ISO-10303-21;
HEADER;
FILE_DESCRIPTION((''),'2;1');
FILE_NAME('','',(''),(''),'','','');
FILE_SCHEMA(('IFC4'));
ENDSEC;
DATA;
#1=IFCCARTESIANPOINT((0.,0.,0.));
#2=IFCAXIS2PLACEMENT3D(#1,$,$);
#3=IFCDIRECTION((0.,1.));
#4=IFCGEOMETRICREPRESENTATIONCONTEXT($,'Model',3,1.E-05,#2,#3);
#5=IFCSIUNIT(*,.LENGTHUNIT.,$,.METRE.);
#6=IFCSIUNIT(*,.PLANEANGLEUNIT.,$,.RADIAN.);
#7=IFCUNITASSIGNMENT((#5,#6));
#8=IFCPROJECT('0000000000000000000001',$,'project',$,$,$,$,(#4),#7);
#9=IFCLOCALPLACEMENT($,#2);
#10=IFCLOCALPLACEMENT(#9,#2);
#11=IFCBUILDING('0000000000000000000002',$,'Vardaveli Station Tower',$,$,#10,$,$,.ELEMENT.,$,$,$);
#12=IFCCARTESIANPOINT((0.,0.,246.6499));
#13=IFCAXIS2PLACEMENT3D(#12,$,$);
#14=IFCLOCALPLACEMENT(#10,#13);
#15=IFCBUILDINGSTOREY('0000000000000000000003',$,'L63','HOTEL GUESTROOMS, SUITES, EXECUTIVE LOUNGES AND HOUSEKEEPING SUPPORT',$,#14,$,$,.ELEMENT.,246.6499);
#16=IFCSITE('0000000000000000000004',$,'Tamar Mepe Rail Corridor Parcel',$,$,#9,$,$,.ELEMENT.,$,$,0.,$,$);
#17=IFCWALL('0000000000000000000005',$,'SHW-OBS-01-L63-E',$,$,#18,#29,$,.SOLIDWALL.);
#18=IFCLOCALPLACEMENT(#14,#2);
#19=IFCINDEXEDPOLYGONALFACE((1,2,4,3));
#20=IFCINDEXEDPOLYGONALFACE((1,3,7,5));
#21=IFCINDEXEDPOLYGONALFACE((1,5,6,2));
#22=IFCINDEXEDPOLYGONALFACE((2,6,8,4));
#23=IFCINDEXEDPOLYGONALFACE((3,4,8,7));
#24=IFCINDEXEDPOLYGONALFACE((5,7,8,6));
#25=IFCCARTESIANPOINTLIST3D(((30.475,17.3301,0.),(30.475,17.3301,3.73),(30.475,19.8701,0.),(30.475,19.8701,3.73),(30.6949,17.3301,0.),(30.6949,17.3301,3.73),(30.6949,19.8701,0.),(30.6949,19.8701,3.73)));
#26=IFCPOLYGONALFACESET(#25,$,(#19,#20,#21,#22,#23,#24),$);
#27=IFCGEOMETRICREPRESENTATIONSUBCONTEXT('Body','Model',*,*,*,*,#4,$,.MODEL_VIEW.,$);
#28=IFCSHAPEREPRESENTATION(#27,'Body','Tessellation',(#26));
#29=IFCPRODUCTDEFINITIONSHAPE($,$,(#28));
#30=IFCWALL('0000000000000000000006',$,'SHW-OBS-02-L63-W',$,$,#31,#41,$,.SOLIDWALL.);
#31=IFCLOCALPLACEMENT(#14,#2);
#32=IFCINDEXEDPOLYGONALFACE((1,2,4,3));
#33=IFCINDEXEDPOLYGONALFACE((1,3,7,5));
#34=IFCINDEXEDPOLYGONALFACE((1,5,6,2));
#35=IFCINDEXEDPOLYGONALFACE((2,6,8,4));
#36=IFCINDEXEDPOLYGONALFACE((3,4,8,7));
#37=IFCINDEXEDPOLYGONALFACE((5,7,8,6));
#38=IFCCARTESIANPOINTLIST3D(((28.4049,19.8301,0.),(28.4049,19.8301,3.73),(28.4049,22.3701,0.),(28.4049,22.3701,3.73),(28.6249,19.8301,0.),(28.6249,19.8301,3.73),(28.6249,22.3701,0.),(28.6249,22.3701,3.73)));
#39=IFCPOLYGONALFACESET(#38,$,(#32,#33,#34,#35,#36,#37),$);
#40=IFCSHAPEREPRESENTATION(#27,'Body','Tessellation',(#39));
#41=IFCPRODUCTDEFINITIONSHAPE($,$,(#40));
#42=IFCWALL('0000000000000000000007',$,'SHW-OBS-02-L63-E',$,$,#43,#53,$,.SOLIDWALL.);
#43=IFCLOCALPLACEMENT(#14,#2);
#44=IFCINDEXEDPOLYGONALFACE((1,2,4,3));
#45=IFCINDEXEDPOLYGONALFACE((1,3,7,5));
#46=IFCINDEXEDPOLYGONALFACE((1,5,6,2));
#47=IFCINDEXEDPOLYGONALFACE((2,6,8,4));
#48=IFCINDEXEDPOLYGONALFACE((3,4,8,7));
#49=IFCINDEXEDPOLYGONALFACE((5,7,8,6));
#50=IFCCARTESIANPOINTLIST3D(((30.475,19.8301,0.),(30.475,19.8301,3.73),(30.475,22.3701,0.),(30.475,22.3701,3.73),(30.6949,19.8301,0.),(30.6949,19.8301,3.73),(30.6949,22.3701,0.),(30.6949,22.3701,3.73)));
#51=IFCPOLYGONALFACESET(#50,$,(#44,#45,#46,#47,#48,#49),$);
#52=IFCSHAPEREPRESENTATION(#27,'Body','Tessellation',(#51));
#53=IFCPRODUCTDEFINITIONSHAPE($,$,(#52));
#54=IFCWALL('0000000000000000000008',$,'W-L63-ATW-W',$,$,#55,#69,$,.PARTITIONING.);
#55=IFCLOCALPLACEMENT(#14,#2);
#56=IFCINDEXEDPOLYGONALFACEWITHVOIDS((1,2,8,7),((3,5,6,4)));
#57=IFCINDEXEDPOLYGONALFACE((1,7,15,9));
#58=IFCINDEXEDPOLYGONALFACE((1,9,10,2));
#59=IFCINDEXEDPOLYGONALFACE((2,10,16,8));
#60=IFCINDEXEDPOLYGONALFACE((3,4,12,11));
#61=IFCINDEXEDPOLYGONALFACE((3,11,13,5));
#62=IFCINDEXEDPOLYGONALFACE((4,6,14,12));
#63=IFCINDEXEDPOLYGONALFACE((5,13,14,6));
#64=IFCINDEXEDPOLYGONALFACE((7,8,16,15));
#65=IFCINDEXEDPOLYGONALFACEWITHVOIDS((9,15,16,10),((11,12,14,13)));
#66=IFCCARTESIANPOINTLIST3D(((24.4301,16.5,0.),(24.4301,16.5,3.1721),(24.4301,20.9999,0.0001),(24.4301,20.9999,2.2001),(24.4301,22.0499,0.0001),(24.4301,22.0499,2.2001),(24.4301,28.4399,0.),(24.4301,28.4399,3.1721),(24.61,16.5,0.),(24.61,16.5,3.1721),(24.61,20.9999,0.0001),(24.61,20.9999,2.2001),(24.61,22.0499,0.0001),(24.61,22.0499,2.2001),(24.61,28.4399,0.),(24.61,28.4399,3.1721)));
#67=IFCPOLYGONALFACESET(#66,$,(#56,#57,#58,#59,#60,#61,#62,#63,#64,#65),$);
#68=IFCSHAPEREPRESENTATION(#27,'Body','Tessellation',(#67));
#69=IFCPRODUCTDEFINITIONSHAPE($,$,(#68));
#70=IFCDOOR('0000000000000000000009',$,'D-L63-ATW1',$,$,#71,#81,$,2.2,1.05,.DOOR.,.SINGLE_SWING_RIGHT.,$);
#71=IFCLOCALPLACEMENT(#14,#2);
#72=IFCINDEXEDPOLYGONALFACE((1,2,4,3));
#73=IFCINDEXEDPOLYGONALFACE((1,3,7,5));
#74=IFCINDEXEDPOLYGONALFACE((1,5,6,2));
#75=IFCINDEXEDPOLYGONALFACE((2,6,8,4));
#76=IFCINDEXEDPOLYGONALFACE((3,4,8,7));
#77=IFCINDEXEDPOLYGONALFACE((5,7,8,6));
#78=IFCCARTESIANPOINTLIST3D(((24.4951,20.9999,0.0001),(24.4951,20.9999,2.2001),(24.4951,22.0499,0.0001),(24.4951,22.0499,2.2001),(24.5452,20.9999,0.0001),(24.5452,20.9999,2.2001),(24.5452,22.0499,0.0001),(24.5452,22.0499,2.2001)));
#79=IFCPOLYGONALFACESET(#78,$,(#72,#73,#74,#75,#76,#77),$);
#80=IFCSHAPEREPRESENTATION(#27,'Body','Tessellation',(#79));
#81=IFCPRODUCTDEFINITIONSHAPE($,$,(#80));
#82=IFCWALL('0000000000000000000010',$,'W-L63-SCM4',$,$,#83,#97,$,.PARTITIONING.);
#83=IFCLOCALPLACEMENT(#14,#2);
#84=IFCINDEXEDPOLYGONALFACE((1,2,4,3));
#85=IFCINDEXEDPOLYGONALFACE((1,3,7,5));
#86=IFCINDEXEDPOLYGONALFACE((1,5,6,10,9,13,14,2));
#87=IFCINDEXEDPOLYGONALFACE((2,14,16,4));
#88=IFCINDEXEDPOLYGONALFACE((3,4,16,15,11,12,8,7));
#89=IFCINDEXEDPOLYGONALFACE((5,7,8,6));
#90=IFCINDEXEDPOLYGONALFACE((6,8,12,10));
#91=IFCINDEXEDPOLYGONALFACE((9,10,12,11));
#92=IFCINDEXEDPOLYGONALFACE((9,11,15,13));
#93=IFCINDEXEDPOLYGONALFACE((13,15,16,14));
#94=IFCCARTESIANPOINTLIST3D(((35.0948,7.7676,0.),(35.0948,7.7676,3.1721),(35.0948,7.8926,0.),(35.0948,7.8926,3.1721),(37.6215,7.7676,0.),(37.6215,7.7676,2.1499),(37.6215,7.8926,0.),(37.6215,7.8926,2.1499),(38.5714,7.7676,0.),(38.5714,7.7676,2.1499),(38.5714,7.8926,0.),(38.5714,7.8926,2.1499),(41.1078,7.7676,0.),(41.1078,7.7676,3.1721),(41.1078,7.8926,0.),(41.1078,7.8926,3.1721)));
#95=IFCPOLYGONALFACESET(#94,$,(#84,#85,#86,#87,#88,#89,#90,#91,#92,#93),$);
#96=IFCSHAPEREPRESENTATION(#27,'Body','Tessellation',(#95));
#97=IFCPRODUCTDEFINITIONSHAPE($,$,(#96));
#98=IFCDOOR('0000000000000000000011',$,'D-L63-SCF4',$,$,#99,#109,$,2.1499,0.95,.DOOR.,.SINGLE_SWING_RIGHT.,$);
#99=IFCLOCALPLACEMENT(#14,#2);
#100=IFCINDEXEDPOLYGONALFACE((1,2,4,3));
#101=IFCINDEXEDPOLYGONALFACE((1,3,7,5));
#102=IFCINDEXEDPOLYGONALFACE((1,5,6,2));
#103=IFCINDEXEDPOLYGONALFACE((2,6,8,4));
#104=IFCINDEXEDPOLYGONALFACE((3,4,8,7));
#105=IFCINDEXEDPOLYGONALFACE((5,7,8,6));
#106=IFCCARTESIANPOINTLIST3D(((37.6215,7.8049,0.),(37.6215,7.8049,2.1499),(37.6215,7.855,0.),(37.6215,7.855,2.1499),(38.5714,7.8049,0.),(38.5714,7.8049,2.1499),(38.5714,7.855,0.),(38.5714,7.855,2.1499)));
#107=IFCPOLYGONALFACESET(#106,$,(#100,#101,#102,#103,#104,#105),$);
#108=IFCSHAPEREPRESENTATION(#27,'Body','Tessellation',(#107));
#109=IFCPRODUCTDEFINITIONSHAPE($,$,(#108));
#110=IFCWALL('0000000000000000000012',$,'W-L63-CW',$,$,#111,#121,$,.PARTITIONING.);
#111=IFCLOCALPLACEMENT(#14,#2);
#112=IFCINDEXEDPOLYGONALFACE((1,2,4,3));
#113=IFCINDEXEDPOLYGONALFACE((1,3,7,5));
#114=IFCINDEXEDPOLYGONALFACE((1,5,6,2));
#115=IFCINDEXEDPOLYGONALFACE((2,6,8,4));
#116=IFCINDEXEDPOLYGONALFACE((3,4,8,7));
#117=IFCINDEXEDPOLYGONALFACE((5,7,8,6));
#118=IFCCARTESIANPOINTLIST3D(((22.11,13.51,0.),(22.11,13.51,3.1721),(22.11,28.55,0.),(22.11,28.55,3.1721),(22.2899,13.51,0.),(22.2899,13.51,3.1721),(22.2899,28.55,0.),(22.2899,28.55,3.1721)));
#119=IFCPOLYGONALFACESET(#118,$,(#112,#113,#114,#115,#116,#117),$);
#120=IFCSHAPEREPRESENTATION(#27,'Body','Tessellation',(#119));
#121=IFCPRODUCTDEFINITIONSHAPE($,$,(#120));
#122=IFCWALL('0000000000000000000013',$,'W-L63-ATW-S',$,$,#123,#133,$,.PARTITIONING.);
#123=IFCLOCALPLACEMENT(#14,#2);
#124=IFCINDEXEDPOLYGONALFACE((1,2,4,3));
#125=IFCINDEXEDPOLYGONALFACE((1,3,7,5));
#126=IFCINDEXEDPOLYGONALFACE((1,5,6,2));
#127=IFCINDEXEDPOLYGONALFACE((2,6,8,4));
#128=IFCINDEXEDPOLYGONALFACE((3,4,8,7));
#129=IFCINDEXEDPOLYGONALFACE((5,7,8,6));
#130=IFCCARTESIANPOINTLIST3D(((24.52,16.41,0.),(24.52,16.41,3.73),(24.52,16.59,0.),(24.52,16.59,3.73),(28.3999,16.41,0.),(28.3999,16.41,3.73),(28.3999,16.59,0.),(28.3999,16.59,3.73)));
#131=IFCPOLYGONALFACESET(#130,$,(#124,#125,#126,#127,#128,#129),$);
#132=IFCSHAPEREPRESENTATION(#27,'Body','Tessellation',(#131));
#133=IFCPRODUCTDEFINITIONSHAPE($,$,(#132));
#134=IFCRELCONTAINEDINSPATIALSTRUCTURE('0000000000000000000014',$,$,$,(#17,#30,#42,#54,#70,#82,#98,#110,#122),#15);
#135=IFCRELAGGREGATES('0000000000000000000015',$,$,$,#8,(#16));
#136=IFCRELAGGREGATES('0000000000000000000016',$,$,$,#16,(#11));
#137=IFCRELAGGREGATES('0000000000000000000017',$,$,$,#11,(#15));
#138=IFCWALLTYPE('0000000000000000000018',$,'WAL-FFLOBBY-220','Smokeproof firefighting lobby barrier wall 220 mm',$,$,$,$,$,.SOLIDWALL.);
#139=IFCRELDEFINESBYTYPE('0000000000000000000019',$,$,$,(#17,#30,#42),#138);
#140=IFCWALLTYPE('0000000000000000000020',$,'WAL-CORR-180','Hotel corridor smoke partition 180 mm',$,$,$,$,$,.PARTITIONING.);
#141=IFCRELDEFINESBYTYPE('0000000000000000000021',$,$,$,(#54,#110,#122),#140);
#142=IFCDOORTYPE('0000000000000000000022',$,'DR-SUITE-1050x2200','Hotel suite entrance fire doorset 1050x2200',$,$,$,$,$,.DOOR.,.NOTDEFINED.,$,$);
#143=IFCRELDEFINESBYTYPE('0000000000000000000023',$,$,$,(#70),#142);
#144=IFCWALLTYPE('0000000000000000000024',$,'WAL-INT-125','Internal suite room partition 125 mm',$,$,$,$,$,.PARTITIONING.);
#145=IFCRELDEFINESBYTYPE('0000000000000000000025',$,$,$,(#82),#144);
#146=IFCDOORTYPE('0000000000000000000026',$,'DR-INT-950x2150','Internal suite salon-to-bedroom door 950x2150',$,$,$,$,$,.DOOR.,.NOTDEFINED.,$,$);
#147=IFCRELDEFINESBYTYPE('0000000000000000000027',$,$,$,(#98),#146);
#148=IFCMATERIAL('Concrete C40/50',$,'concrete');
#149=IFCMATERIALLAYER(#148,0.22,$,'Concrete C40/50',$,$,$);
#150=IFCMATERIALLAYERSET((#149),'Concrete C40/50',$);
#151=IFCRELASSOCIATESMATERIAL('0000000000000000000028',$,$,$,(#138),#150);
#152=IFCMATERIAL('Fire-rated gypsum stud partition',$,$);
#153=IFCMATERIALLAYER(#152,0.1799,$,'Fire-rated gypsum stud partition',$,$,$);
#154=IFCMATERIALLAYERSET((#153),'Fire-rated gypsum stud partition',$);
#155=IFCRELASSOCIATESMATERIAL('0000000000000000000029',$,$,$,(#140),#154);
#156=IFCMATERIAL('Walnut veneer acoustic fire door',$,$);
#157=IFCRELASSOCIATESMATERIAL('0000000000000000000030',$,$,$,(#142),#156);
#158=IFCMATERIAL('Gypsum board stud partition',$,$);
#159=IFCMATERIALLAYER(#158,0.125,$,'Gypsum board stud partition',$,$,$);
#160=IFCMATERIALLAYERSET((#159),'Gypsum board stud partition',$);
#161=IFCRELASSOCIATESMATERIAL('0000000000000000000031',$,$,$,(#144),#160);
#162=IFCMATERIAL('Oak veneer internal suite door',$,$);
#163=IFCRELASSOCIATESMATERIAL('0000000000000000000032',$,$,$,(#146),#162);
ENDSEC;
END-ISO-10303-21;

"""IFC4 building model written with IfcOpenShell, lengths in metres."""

from ifc_helpers import new_model, si_unit, direction, frame, frame_2d, origin, place, context, subcontext, project, spatial, rectangle, extrude, source, transform, mapped, material, layer, layer_set, type_object, element, fill, save


model = new_model("IFC4")

# Units and contexts
model_context = context("Model", 3, precision=1e-05, world=origin(), true_north=direction((0.0, 1.0)))
body_context = subcontext(model_context, "Body", "Model", "MODEL_VIEW")
ifc_project = project(units=[si_unit("LENGTHUNIT", "METRE"), si_unit("PLANEANGLEUNIT", "RADIAN")], contexts=[model_context])

# Site, building, storey
site_placement = place(None, origin())
site = spatial("IfcSite", under=ifc_project, at=site_placement, Name="Tamar Mepe Rail Corridor Parcel", CompositionType="ELEMENT", RefElevation=0.0)
building_placement = place(site_placement, origin())
building = spatial("IfcBuilding", under=site, at=building_placement, Name="Vardaveli Station Tower", CompositionType="ELEMENT")
storey_placement = place(building_placement, frame((0.0, 0.0, 246.6499)))
storey = spatial("IfcBuildingStorey", under=building, at=storey_placement, Name="L63", Description="HOTEL GUESTROOMS, SUITES, EXECUTIVE LOUNGES AND HOUSEKEEPING SUPPORT", CompositionType="ELEMENT", Elevation=246.6499)

# Walls
ifc_material_1 = material(Name="Concrete C40/50", Category="concrete")
ifc_layer_1 = layer(ifc_material_1, 0.22, Name="Concrete C40/50")
ifc_layer_set_1 = layer_set([ifc_layer_1], Name="Concrete C40/50")
wall_type_1 = type_object("IfcWallType", Name="WAL-FFLOBBY-220", Description="Smokeproof firefighting lobby barrier wall 220 mm", PredefinedType="SOLIDWALL", material=ifc_layer_set_1)
shared_shape_1 = source(origin(), body_context, "Body", "SweptSolid", [
    extrude(rectangle(XDim=2.54, YDim=0.22, at=frame_2d((1.27, 0.0))), origin(), (0.0, 0.0, 1.0), 3.73),
])
for number, where, z_axis, x_axis, name in (
    (1, (30.585, 17.3301, 0.0), (0.0, 0.0, 1.0), (0.0, 1.0, 0.0), "SHW-OBS-01-L63-E"),
    (2, (28.5149, 19.8301, 0.0), (0.0, 0.0, 1.0), (0.0, 1.0, 0.0), "SHW-OBS-02-L63-W"),
    (3, (30.585, 19.8301, 0.0), (0.0, 0.0, 1.0), (0.0, 1.0, 0.0), "SHW-OBS-02-L63-E"),
):
    element("IfcWall", number, at=place(storey_placement, frame(where, z_axis=z_axis, x_axis=x_axis)), inside=storey, type_object=wall_type_1, Name=name, PredefinedType="SOLIDWALL", context=body_context, shape_type="MappedRepresentation", body=[
        mapped(shared_shape_1, transform((0.0, 0.0, 0.0), scale=1.0)),
    ])

# Walls, openings, doors
ifc_material_2 = material(Name="Fire-rated gypsum stud partition")
ifc_layer_2 = layer(ifc_material_2, 0.1799, Name="Fire-rated gypsum stud partition")
ifc_layer_set_2 = layer_set([ifc_layer_2], Name="Fire-rated gypsum stud partition")
wall_type_2 = type_object("IfcWallType", Name="WAL-CORR-180", Description="Hotel corridor smoke partition 180 mm", PredefinedType="PARTITIONING", material=ifc_layer_set_2)
shared_shape_2 = source(origin(), body_context, "Body", "SweptSolid", [
    extrude(rectangle(XDim=11.9399, YDim=0.1799, at=frame_2d((5.97, 0.0))), origin(), (0.0, 0.0, 1.0), 3.1721),
])
wall_1_placement = place(storey_placement, frame((24.52, 16.5, 0.0), z_axis=(0.0, 0.0, 1.0), x_axis=(0.0, 1.0, 0.0)))
wall_1 = element("IfcWall", 4, at=wall_1_placement, inside=storey, type_object=wall_type_2, Name="W-L63-ATW-W", PredefinedType="PARTITIONING", context=body_context, shape_type="MappedRepresentation", body=[
    mapped(shared_shape_2, transform((0.0, 0.0, 0.0), scale=1.0)),
])
shared_shape_3 = source(origin(), body_context, "Body", "SweptSolid", [
    extrude(rectangle(XDim=1.05, YDim=2.2, at=frame_2d((0.5249, 1.1001))), frame((0.0, 0.1001, 0.0), z_axis=(0.0, -1.0, 0.0), x_axis=(1.0, 0.0, 0.0)), (0.0, 0.0, 1.0), 0.2),
])
opening_1_placement = place(wall_1_placement, frame((4.5, 0.0, 0.0)))
opening_1 = element("IfcOpeningElement", 5, at=opening_1_placement, cuts=wall_1, PredefinedType="OPENING", context=body_context, shape_type="MappedRepresentation", body=[
    mapped(shared_shape_3, transform((0.0, 0.0, 0.0), scale=1.0)),
])
ifc_material_3 = material(Name="Walnut veneer acoustic fire door")
door_type_1 = type_object("IfcDoorType", Name="DR-SUITE-1050x2200", Description="Hotel suite entrance fire doorset 1050x2200", OperationType="NOTDEFINED", PredefinedType="DOOR", material=ifc_material_3)
shared_shape_4 = source(origin(), body_context, "Body", "SweptSolid", [
    extrude(rectangle(XDim=1.05, YDim=2.2, at=frame_2d((0.5249, 1.1001))), frame((0.0, 0.0249, 0.0), z_axis=(0.0, -1.0, 0.0), x_axis=(1.0, 0.0, 0.0)), (0.0, 0.0, 1.0), 0.05),
])
door_1_placement = place(opening_1_placement, origin())
door_1 = element("IfcDoor", 6, at=door_1_placement, inside=storey, type_object=door_type_1, Name="D-L63-ATW1", OperationType="SINGLE_SWING_RIGHT", OverallHeight=2.2, OverallWidth=1.05, PredefinedType="DOOR", context=body_context, shape_type="MappedRepresentation", body=[
    mapped(shared_shape_4, transform((0.0, 0.0, 0.0), scale=1.0)),
])
fill(opening_1, door_1)
ifc_material_4 = material(Name="Gypsum board stud partition")
ifc_layer_3 = layer(ifc_material_4, 0.125, Name="Gypsum board stud partition")
ifc_layer_set_3 = layer_set([ifc_layer_3], Name="Gypsum board stud partition")
wall_type_3 = type_object("IfcWallType", Name="WAL-INT-125", Description="Internal suite room partition 125 mm", PredefinedType="PARTITIONING", material=ifc_layer_set_3)
shared_shape_5 = source(origin(), body_context, "Body", "SweptSolid", [
    extrude(rectangle(XDim=6.0129, YDim=0.125, at=frame_2d((3.0063, 0.0))), origin(), (0.0, 0.0, 1.0), 3.1721),
])
wall_2_placement = place(storey_placement, frame((35.095, 7.8301, 0.0), z_axis=(0.0, 0.0, 1.0), x_axis=(1.0, 0.0, 0.0)))
wall_2 = element("IfcWall", 7, at=wall_2_placement, inside=storey, type_object=wall_type_3, Name="W-L63-SCM4", PredefinedType="PARTITIONING", context=body_context, shape_type="MappedRepresentation", body=[
    mapped(shared_shape_5, transform((0.0, 0.0, 0.0), scale=1.0)),
])
shared_shape_6 = source(origin(), body_context, "Body", "SweptSolid", [
    extrude(rectangle(XDim=0.95, YDim=2.1499, at=frame_2d((0.4751, 1.075))), frame((0.0, 0.0725, 0.0), z_axis=(0.0, -1.0, 0.0), x_axis=(1.0, 0.0, 0.0)), (0.0, 0.0, 1.0), 0.145),
])
opening_2_placement = place(wall_2_placement, frame((2.5264, 0.0, 0.0)))
opening_2 = element("IfcOpeningElement", 8, at=opening_2_placement, cuts=wall_2, PredefinedType="OPENING", context=body_context, shape_type="MappedRepresentation", body=[
    mapped(shared_shape_6, transform((0.0, 0.0, 0.0), scale=1.0)),
])
ifc_material_5 = material(Name="Oak veneer internal suite door")
door_type_2 = type_object("IfcDoorType", Name="DR-INT-950x2150", Description="Internal suite salon-to-bedroom door 950x2150", OperationType="NOTDEFINED", PredefinedType="DOOR", material=ifc_material_5)
shared_shape_7 = source(origin(), body_context, "Body", "SweptSolid", [
    extrude(rectangle(XDim=0.95, YDim=2.1499, at=frame_2d((0.4751, 1.075))), frame((0.0, 0.0249, 0.0), z_axis=(0.0, -1.0, 0.0), x_axis=(1.0, 0.0, 0.0)), (0.0, 0.0, 1.0), 0.05),
])
door_2_placement = place(opening_2_placement, origin())
door_2 = element("IfcDoor", 9, at=door_2_placement, inside=storey, type_object=door_type_2, Name="D-L63-SCF4", OperationType="SINGLE_SWING_RIGHT", OverallHeight=2.1499, OverallWidth=0.95, PredefinedType="DOOR", context=body_context, shape_type="MappedRepresentation", body=[
    mapped(shared_shape_7, transform((0.0, 0.0, 0.0), scale=1.0)),
])
fill(opening_2, door_2)

# Walls
shared_shape_8 = source(origin(), body_context, "Body", "SweptSolid", [
    extrude(rectangle(XDim=15.04, YDim=0.1799, at=frame_2d((7.52, 0.0))), origin(), (0.0, 0.0, 1.0), 3.1721),
])
wall_3_placement = place(storey_placement, frame((22.2, 13.51, 0.0), z_axis=(0.0, 0.0, 1.0), x_axis=(0.0, 1.0, 0.0)))
element("IfcWall", 10, at=wall_3_placement, inside=storey, type_object=wall_type_2, Name="W-L63-CW", PredefinedType="PARTITIONING", context=body_context, shape_type="MappedRepresentation", body=[
    mapped(shared_shape_8, transform((0.0, 0.0, 0.0), scale=1.0)),
])
shared_shape_9 = source(origin(), body_context, "Body", "SweptSolid", [
    extrude(rectangle(XDim=3.8799, YDim=0.1799, at=frame_2d((1.9399, 0.0))), origin(), (0.0, 0.0, 1.0), 3.73),
])
wall_4_placement = place(storey_placement, frame((24.52, 16.5, 0.0), z_axis=(0.0, 0.0, 1.0), x_axis=(1.0, 0.0, 0.0)))
element("IfcWall", 11, at=wall_4_placement, inside=storey, type_object=wall_type_2, Name="W-L63-ATW-S", PredefinedType="PARTITIONING", context=body_context, shape_type="MappedRepresentation", body=[
    mapped(shared_shape_9, transform((0.0, 0.0, 0.0), scale=1.0)),
])

save(model, "model.ifc")
